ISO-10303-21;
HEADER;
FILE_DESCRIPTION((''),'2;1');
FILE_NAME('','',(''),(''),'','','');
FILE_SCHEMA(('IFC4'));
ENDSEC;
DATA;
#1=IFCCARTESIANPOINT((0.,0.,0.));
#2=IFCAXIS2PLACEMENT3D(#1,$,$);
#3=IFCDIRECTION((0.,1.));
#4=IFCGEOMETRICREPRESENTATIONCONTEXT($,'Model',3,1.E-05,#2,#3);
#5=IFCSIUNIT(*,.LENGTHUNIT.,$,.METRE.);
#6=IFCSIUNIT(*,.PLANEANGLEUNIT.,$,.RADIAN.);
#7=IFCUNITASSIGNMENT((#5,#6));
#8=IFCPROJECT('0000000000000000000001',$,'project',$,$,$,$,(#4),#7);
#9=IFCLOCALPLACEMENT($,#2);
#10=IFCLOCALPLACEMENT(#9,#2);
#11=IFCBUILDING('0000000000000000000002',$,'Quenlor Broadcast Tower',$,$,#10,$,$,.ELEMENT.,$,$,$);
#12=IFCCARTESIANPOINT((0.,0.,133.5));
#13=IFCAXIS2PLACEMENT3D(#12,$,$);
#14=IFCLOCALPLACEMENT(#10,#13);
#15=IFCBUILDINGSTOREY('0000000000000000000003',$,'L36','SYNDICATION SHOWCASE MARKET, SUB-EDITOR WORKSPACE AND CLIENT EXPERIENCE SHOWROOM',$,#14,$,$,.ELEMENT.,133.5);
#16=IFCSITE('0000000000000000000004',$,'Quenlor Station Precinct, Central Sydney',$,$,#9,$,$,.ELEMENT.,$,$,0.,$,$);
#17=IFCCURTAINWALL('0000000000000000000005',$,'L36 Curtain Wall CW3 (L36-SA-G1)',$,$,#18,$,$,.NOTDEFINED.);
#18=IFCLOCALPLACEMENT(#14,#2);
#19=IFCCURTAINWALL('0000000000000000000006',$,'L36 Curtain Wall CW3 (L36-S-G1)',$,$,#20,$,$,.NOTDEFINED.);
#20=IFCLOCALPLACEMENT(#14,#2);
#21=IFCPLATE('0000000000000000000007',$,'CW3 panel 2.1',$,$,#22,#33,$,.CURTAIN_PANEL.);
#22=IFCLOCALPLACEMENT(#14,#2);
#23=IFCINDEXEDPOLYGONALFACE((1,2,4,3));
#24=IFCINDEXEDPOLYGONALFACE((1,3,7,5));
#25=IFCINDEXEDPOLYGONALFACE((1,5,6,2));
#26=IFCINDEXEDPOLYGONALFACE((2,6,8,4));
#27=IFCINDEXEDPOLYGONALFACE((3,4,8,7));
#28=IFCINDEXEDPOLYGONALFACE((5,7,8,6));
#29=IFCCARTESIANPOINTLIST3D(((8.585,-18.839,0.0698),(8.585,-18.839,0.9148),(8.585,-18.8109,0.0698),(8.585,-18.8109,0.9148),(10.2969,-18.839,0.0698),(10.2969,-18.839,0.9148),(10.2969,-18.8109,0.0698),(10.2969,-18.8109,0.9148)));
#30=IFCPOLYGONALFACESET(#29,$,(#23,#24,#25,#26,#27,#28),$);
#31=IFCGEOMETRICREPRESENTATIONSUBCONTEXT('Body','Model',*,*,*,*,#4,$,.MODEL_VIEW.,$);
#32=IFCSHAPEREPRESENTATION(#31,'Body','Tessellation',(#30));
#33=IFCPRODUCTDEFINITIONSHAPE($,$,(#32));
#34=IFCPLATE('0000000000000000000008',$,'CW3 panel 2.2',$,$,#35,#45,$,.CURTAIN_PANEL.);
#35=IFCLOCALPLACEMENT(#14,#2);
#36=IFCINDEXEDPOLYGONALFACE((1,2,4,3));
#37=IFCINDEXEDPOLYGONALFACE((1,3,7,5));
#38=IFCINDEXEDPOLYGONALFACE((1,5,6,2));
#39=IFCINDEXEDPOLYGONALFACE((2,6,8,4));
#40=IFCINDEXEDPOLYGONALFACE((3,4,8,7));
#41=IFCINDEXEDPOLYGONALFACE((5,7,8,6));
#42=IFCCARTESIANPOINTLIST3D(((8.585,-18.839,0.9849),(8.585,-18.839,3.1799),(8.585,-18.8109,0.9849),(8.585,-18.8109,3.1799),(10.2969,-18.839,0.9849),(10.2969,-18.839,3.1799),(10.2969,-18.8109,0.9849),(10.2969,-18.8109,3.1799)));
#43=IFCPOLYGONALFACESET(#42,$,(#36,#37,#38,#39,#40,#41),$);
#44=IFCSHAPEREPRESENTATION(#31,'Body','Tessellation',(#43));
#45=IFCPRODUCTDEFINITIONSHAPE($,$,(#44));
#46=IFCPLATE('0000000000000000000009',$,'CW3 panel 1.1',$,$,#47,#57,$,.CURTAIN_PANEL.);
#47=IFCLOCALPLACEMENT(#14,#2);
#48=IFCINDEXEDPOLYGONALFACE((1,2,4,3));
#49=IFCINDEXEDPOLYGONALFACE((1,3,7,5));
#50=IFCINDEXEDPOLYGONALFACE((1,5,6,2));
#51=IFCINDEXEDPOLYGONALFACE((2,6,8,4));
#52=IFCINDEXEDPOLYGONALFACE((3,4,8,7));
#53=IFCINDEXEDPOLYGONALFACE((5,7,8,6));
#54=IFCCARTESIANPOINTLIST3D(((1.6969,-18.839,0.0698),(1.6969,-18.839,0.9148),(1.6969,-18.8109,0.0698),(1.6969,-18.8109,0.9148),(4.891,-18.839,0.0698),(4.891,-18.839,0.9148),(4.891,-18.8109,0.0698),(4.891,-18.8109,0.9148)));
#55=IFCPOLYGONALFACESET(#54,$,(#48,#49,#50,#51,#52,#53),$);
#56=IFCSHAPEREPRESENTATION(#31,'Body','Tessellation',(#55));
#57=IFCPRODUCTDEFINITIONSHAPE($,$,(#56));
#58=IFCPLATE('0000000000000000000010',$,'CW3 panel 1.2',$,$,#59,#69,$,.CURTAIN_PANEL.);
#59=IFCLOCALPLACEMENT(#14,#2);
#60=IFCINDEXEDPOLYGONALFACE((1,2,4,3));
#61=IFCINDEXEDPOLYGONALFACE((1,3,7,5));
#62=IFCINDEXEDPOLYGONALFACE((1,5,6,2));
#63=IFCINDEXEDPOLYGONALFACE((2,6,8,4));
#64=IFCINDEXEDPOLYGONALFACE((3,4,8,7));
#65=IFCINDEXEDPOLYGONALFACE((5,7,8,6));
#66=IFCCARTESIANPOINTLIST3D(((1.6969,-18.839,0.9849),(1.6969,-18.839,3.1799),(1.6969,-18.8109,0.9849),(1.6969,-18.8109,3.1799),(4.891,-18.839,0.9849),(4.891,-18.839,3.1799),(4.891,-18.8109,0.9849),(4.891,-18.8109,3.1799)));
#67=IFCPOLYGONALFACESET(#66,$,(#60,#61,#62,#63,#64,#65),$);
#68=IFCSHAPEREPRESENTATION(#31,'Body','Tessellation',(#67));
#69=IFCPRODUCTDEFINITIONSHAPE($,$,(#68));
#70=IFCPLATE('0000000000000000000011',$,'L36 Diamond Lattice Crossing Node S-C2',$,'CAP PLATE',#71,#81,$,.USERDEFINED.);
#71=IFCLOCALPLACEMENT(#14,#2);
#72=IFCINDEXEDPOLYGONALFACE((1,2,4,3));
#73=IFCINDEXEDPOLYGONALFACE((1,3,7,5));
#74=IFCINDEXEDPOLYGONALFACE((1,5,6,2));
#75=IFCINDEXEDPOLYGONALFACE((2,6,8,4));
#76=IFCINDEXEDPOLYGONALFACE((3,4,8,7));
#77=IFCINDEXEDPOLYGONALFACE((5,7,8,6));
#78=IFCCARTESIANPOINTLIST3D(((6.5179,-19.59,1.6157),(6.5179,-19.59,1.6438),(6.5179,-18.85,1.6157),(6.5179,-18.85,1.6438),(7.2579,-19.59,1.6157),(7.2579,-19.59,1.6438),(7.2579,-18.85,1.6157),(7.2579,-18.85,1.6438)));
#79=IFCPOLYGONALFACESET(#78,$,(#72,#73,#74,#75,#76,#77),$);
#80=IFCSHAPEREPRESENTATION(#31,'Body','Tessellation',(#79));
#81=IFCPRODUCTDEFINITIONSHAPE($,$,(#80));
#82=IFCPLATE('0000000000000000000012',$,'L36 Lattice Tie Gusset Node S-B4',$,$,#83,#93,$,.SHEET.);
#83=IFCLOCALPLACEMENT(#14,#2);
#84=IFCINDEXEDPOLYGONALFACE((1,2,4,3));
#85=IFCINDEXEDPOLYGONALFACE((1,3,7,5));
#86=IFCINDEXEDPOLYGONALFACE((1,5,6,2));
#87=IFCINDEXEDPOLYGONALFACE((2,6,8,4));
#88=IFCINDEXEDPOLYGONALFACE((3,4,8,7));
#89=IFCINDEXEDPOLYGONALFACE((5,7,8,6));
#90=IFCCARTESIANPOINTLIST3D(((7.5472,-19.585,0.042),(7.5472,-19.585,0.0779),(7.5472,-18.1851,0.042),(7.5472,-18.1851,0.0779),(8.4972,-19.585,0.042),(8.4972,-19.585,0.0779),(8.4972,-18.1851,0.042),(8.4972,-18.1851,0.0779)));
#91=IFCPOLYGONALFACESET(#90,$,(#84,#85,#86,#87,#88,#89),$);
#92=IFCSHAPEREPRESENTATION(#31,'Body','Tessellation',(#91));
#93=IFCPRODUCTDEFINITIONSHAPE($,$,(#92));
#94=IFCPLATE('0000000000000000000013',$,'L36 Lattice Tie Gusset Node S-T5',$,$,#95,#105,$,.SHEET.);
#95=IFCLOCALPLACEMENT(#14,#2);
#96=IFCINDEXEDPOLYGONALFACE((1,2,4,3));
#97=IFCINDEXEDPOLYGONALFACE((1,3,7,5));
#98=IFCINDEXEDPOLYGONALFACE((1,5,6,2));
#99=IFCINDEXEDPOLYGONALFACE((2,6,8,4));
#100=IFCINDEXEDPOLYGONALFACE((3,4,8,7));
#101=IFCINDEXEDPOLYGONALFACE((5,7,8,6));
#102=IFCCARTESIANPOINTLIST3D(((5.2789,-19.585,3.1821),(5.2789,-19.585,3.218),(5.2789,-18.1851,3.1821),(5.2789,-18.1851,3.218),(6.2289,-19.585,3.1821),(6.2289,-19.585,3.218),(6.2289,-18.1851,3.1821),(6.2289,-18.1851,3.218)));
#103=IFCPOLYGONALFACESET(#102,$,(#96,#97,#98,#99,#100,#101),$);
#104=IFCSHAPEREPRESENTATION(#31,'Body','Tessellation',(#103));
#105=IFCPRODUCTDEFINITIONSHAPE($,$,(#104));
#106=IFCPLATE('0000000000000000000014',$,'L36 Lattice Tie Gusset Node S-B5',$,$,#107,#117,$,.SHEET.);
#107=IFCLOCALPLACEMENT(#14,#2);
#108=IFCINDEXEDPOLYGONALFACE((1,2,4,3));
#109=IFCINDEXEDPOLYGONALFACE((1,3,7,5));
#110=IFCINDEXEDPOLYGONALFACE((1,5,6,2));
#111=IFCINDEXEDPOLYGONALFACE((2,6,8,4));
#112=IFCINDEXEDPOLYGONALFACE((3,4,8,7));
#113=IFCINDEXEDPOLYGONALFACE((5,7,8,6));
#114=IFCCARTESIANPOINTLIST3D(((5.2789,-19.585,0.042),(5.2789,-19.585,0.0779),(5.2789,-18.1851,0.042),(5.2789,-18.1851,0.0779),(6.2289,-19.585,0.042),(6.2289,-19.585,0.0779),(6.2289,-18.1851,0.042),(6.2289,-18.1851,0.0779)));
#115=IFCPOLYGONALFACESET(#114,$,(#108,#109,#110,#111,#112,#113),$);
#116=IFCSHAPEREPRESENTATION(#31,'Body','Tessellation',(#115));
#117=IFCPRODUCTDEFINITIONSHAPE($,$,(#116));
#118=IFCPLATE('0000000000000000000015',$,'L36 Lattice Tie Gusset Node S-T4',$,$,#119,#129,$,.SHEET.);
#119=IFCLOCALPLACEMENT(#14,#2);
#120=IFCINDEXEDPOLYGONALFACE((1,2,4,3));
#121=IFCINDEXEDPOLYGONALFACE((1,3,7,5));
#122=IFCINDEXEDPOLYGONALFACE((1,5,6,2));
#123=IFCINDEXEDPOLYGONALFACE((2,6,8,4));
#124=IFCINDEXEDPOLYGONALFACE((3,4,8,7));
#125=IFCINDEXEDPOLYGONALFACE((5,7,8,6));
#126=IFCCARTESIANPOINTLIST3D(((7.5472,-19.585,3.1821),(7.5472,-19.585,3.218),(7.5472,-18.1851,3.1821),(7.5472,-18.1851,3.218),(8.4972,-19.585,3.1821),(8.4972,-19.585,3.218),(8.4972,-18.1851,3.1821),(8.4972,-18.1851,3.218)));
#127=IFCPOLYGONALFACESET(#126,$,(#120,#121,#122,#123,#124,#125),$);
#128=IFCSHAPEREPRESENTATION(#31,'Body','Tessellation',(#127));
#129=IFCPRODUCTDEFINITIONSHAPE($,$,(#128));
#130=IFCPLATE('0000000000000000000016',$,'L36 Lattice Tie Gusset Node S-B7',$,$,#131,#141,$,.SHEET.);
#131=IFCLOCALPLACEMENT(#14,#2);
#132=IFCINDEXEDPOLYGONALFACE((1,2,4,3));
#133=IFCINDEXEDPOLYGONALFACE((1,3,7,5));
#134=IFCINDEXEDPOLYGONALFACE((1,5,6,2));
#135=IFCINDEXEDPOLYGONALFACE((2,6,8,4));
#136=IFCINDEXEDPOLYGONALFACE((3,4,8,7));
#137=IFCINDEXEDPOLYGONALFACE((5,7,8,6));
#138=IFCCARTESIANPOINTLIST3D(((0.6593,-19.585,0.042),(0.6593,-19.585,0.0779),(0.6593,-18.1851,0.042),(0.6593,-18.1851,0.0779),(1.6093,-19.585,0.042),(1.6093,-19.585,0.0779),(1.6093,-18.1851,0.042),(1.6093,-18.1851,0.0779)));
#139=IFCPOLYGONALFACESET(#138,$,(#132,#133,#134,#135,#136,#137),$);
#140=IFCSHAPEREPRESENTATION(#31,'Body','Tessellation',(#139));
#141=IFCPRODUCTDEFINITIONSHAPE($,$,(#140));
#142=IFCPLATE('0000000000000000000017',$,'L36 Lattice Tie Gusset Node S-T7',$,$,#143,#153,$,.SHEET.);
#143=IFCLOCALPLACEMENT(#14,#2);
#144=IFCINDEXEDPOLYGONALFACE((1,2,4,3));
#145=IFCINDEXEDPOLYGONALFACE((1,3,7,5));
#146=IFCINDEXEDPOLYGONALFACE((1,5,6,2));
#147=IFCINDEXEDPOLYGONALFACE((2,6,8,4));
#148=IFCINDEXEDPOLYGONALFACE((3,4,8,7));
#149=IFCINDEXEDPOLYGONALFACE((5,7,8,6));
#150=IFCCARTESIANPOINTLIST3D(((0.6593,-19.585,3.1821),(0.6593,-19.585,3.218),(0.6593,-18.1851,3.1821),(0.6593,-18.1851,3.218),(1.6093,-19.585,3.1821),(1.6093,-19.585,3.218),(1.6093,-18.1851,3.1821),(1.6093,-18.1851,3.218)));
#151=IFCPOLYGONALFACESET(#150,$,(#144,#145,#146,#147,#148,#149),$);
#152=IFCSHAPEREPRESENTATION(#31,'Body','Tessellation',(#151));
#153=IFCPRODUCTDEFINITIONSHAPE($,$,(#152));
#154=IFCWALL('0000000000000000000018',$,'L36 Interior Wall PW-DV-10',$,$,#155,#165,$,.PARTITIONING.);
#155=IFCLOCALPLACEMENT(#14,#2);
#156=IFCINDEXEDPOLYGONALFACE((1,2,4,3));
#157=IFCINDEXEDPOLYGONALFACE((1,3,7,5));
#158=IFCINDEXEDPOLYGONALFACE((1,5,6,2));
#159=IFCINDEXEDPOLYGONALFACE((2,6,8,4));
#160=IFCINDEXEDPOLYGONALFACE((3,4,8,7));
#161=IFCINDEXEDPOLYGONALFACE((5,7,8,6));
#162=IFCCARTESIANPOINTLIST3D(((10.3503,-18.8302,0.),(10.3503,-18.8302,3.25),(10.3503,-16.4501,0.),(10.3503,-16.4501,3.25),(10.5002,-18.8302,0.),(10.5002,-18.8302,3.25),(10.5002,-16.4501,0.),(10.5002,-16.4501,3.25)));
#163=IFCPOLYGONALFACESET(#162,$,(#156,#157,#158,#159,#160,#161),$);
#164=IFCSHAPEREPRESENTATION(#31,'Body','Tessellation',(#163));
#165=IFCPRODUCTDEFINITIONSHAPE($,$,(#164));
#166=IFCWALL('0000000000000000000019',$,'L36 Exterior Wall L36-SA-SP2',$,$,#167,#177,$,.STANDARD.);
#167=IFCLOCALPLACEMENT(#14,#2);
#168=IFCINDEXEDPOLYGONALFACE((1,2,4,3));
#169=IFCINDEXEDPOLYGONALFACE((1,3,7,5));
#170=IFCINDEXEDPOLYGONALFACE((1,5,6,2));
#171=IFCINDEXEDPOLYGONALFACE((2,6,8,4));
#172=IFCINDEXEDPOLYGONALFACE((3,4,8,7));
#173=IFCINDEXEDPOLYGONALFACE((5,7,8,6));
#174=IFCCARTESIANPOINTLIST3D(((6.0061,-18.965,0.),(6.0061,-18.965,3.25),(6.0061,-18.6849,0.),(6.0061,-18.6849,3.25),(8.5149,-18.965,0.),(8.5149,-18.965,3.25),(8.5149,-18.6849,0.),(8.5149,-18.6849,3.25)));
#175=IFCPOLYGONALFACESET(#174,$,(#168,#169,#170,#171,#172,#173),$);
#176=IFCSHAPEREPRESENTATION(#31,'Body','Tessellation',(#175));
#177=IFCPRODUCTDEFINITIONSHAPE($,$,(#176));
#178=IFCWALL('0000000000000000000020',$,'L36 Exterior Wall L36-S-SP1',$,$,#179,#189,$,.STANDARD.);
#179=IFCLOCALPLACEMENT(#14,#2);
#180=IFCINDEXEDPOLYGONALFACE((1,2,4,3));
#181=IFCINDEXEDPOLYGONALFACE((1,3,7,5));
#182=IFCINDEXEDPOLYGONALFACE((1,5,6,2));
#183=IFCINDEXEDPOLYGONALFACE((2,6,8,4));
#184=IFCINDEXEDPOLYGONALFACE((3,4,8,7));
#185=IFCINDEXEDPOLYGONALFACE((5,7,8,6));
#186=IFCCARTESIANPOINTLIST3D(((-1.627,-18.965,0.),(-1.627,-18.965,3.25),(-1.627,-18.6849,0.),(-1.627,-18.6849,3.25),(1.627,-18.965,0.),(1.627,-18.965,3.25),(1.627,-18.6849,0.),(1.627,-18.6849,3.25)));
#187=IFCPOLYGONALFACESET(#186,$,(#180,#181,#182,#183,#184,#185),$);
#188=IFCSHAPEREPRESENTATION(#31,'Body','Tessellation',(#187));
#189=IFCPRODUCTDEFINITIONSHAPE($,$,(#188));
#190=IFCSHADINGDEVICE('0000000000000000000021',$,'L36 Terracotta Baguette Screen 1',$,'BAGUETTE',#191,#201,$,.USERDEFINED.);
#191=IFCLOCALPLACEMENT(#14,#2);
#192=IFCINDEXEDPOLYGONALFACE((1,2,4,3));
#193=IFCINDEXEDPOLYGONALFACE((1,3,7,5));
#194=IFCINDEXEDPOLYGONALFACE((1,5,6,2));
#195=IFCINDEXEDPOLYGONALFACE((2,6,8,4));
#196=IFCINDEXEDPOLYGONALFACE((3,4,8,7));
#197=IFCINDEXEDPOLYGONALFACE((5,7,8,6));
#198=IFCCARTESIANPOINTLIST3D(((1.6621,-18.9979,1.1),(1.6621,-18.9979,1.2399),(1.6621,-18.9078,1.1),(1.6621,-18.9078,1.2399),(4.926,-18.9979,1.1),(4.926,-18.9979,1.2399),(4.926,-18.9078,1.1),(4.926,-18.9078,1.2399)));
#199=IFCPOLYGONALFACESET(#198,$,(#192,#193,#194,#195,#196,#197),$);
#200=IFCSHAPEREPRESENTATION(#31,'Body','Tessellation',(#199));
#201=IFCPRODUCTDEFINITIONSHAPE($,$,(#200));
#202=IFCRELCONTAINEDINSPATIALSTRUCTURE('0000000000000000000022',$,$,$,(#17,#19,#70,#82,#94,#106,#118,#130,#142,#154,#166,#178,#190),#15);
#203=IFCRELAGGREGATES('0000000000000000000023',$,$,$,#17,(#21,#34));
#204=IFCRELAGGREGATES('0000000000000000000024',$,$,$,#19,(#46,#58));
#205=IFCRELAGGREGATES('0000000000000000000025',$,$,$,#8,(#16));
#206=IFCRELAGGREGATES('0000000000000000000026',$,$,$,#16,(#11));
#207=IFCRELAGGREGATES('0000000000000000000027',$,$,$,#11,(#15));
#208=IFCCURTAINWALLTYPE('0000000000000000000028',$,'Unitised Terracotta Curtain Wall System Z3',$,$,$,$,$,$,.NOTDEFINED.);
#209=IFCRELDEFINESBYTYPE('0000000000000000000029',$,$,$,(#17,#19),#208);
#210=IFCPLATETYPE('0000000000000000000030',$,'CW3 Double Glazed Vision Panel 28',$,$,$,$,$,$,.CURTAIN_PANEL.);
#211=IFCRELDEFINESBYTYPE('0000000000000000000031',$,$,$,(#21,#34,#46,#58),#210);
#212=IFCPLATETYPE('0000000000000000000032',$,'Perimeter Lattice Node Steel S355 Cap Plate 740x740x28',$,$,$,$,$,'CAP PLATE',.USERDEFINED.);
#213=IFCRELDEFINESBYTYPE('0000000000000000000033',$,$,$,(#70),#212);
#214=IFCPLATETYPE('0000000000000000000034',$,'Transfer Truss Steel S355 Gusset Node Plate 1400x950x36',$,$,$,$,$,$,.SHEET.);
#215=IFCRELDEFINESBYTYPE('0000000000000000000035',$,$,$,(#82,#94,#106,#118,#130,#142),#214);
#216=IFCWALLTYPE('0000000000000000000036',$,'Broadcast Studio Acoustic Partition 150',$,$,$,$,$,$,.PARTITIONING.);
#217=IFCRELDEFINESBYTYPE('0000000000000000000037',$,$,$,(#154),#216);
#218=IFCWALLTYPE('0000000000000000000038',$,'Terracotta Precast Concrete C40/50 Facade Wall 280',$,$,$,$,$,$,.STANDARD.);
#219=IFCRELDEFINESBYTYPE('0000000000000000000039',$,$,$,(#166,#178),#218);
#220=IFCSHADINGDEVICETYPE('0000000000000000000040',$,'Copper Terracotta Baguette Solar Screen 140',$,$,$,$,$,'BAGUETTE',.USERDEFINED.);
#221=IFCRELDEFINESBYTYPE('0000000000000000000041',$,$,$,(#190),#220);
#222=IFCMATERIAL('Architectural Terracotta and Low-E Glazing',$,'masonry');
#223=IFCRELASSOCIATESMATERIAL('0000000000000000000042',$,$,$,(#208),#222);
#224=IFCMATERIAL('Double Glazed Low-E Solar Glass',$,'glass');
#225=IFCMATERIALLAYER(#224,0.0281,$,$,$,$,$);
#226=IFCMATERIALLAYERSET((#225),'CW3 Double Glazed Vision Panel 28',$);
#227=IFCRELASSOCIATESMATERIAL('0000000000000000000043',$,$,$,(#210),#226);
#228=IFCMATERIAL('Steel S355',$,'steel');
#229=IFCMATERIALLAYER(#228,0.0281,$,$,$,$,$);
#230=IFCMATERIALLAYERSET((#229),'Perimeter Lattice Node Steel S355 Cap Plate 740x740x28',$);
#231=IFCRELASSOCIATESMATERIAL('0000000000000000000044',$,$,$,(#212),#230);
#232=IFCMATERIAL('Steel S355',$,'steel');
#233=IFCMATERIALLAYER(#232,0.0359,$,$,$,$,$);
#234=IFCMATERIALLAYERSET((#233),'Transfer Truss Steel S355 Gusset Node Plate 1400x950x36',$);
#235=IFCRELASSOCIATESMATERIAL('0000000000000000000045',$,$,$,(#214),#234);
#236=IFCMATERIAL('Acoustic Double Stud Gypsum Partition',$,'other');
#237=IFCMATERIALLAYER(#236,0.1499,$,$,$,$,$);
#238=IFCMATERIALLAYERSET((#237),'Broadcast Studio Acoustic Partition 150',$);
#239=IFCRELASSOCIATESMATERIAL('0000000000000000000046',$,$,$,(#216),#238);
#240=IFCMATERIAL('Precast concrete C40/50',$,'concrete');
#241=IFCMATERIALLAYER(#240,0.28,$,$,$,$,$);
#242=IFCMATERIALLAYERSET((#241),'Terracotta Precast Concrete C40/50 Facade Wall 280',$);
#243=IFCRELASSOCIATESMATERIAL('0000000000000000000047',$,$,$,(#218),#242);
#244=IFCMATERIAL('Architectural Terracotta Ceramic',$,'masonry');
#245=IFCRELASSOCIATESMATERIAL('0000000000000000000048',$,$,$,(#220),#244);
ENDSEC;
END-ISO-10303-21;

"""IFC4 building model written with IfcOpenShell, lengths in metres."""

from ifc_helpers import new_model, si_unit, direction, frame, frame_2d, origin, origin_2d, place, context, subcontext, project, spatial, rectangle, extrude, material, layer, layer_set, material_profile, profile_set, type_object, element, aggregate, save


model = new_model("IFC4")

# Units and contexts
model_context = context("Model", 3, precision=1e-05, world=origin(), true_north=direction((0.0, 1.0)))
body_context = subcontext(model_context, "Body", "Model", "MODEL_VIEW")
ifc_project = project(units=[si_unit("LENGTHUNIT", "METRE"), si_unit("PLANEANGLEUNIT", "RADIAN")], contexts=[model_context])

# Site, building, storey
site_placement = place(None, origin())
site = spatial("IfcSite", under=ifc_project, at=site_placement, Name="Quenlor Station Precinct, Central Sydney", CompositionType="ELEMENT", RefElevation=0.0)
building_placement = place(site_placement, origin())
building = spatial("IfcBuilding", under=site, at=building_placement, Name="Quenlor Broadcast Tower", CompositionType="ELEMENT")
storey_placement = place(building_placement, frame((0.0, 0.0, 133.5)))
storey = spatial("IfcBuildingStorey", under=building, at=storey_placement, Name="L36", Description="SYNDICATION SHOWCASE MARKET, SUB-EDITOR WORKSPACE AND CLIENT EXPERIENCE SHOWROOM", CompositionType="ELEMENT", Elevation=133.5)

# Curtain wall
ifc_material_1 = material(Name="Architectural Terracotta and Low-E Glazing", Category="masonry")
curtain_wall_type = type_object("IfcCurtainWallType", Name="Unitised Terracotta Curtain Wall System Z3", PredefinedType="NOTDEFINED", material=ifc_material_1)
curtain_wall_1_placement = place(storey_placement, origin())
curtain_wall_1 = element("IfcCurtainWall", 1, at=curtain_wall_1_placement, inside=storey, type_object=curtain_wall_type, Name="L36 Curtain Wall CW3 (L36-SA-G1)", PredefinedType="NOTDEFINED")

# Curtain wall
curtain_wall_2_placement = place(storey_placement, origin())
curtain_wall_2 = element("IfcCurtainWall", 2, at=curtain_wall_2_placement, inside=storey, type_object=curtain_wall_type, Name="L36 Curtain Wall CW3 (L36-S-G1)", PredefinedType="NOTDEFINED")

# Plates
ifc_material_2 = material(Name="Double Glazed Low-E Solar Glass", Category="glass")
ifc_layer_1 = layer(ifc_material_2, 0.0281)
ifc_layer_set_1 = layer_set([ifc_layer_1], Name="CW3 Double Glazed Vision Panel 28")
plate_type_1 = type_object("IfcPlateType", Name="CW3 Double Glazed Vision Panel 28", PredefinedType="CURTAIN_PANEL", material=ifc_layer_set_1)
plate_1_placement = place(storey_placement, frame((9.4409, -18.825, 0.0698), z_axis=(0.0, 0.0, 1.0), x_axis=(-1.0, 0.0, 0.0)))
plate_1 = element("IfcPlate", 3, at=plate_1_placement, type_object=plate_type_1, Name="CW3 panel 2.1", PredefinedType="CURTAIN_PANEL", context=body_context, shape_type="SweptSolid", body=[
    extrude(rectangle(XDim=1.7119, YDim=0.0281, at=origin_2d()), origin(), (0.0, 0.0, 1.0), 0.845),
])
plate_2_placement = place(storey_placement, frame((9.4409, -18.825, 0.9849), z_axis=(0.0, 0.0, 1.0), x_axis=(-1.0, 0.0, 0.0)))
plate_2 = element("IfcPlate", 4, at=plate_2_placement, type_object=plate_type_1, Name="CW3 panel 2.2", PredefinedType="CURTAIN_PANEL", context=body_context, shape_type="SweptSolid", body=[
    extrude(rectangle(XDim=1.7119, YDim=0.0281, at=origin_2d()), origin(), (0.0, 0.0, 1.0), 2.1951),
])
aggregate(curtain_wall_1, [plate_1, plate_2])
plate_3_placement = place(storey_placement, frame((3.2939, -18.825, 0.0698), z_axis=(0.0, 0.0, 1.0), x_axis=(-1.0, 0.0, 0.0)))
plate_3 = element("IfcPlate", 5, at=plate_3_placement, type_object=plate_type_1, Name="CW3 panel 1.1", PredefinedType="CURTAIN_PANEL", context=body_context, shape_type="SweptSolid", body=[
    extrude(rectangle(XDim=3.1941, YDim=0.0281, at=origin_2d()), origin(), (0.0, 0.0, 1.0), 0.845),
])
plate_4_placement = place(storey_placement, frame((3.2939, -18.825, 0.9849), z_axis=(0.0, 0.0, 1.0), x_axis=(-1.0, 0.0, 0.0)))
plate_4 = element("IfcPlate", 6, at=plate_4_placement, type_object=plate_type_1, Name="CW3 panel 1.2", PredefinedType="CURTAIN_PANEL", context=body_context, shape_type="SweptSolid", body=[
    extrude(rectangle(XDim=3.1941, YDim=0.0281, at=origin_2d()), origin(), (0.0, 0.0, 1.0), 2.1951),
])
aggregate(curtain_wall_2, [plate_3, plate_4])

# Plates
ifc_material_3 = material(Name="Steel S355", Category="steel")
ifc_layer_2 = layer(ifc_material_3, 0.0281)
ifc_layer_set_2 = layer_set([ifc_layer_2], Name="Perimeter Lattice Node Steel S355 Cap Plate 740x740x28")
plate_type_2 = type_object("IfcPlateType", Name="Perimeter Lattice Node Steel S355 Cap Plate 740x740x28", ElementType="CAP PLATE", PredefinedType="USERDEFINED", material=ifc_layer_set_2)
plate_5_placement = place(storey_placement, frame((6.8879, -19.22, 1.6157), z_axis=(0.0, 0.0, 1.0), x_axis=(-1.0, 0.0, 0.0)))
element("IfcPlate", 7, at=plate_5_placement, inside=storey, type_object=plate_type_2, Name="L36 Diamond Lattice Crossing Node S-C2", ObjectType="CAP PLATE", PredefinedType="USERDEFINED", context=body_context, shape_type="SweptSolid", body=[
    extrude(rectangle(XDim=0.74, YDim=0.74, at=origin_2d()), origin(), (0.0, 0.0, 1.0), 0.0281),
])
ifc_material_4 = material(Name="Steel S355", Category="steel")
ifc_layer_3 = layer(ifc_material_4, 0.0359)
ifc_layer_set_3 = layer_set([ifc_layer_3], Name="Transfer Truss Steel S355 Gusset Node Plate 1400x950x36")
plate_type_3 = type_object("IfcPlateType", Name="Transfer Truss Steel S355 Gusset Node Plate 1400x950x36", PredefinedType="SHEET", material=ifc_layer_set_3)
for number, where, z_axis, x_axis, name in (
    (8, (8.0222, -18.885, 0.042), (0.0, 0.0, 1.0), (0.0, -1.0, 0.0), "L36 Lattice Tie Gusset Node S-B4"),
    (9, (5.7539, -18.885, 3.1821), (0.0, 0.0, 1.0), (0.0, -1.0, 0.0), "L36 Lattice Tie Gusset Node S-T5"),
    (10, (5.7539, -18.885, 0.042), (0.0, 0.0, 1.0), (0.0, -1.0, 0.0), "L36 Lattice Tie Gusset Node S-B5"),
    (11, (8.0222, -18.885, 3.1821), (0.0, 0.0, 1.0), (0.0, -1.0, 0.0), "L36 Lattice Tie Gusset Node S-T4"),
    (12, (1.1343, -18.885, 0.042), (0.0, 0.0, 1.0), (0.0, -1.0, 0.0), "L36 Lattice Tie Gusset Node S-B7"),
    (13, (1.1343, -18.885, 3.1821), (0.0, 0.0, 1.0), (0.0, -1.0, 0.0), "L36 Lattice Tie Gusset Node S-T7"),
):
    element("IfcPlate", number, at=place(storey_placement, frame(where, z_axis=z_axis, x_axis=x_axis)), inside=storey, type_object=plate_type_3, Name=name, PredefinedType="SHEET", context=body_context, shape_type="SweptSolid", body=[
        extrude(rectangle(XDim=1.3999, YDim=0.95, at=origin_2d()), origin(), (0.0, 0.0, 1.0), 0.0359),
    ])

# Walls
ifc_material_5 = material(Name="Acoustic Double Stud Gypsum Partition", Category="other")
ifc_layer_4 = layer(ifc_material_5, 0.1499)
ifc_layer_set_4 = layer_set([ifc_layer_4], Name="Broadcast Studio Acoustic Partition 150")
wall_type_1 = type_object("IfcWallType", Name="Broadcast Studio Acoustic Partition 150", PredefinedType="PARTITIONING", material=ifc_layer_set_4)
wall_1_placement = place(storey_placement, frame((10.4253, -18.8301, 0.0), z_axis=(0.0, 0.0, 1.0), x_axis=(0.0, 1.0, 0.0)))
element("IfcWall", 14, at=wall_1_placement, inside=storey, type_object=wall_type_1, Name="L36 Interior Wall PW-DV-10", PredefinedType="PARTITIONING", context=body_context, shape_type="SweptSolid", body=[
    extrude(rectangle(XDim=2.3801, YDim=0.1499, at=frame_2d((1.1899, 0.0))), origin(), (0.0, 0.0, 1.0), 3.25),
])
ifc_material_6 = material(Name="Precast concrete C40/50", Category="concrete")
ifc_layer_5 = layer(ifc_material_6, 0.28)
ifc_layer_set_5 = layer_set([ifc_layer_5], Name="Terracotta Precast Concrete C40/50 Facade Wall 280")
wall_type_2 = type_object("IfcWallType", Name="Terracotta Precast Concrete C40/50 Facade Wall 280", PredefinedType="STANDARD", material=ifc_layer_set_5)
wall_2_placement = place(storey_placement, frame((8.5149, -18.825, 0.0), z_axis=(0.0, 0.0, 1.0), x_axis=(-1.0, 0.0, 0.0)))
element("IfcWall", 15, at=wall_2_placement, inside=storey, type_object=wall_type_2, Name="L36 Exterior Wall L36-SA-SP2", PredefinedType="STANDARD", context=body_context, shape_type="SweptSolid", body=[
    extrude(rectangle(XDim=2.5088, YDim=0.28, at=frame_2d((1.2544, 0.0))), origin(), (0.0, 0.0, 1.0), 3.25),
])
wall_3_placement = place(storey_placement, frame((1.627, -18.825, 0.0), z_axis=(0.0, 0.0, 1.0), x_axis=(-1.0, 0.0, 0.0)))
element("IfcWall", 16, at=wall_3_placement, inside=storey, type_object=wall_type_2, Name="L36 Exterior Wall L36-S-SP1", PredefinedType="STANDARD", context=body_context, shape_type="SweptSolid", body=[
    extrude(rectangle(XDim=3.2539, YDim=0.28, at=frame_2d((1.627, 0.0))), origin(), (0.0, 0.0, 1.0), 3.25),
])

# Shading device
ifc_material_7 = material(Name="Architectural Terracotta Ceramic", Category="masonry")
ifc_material_profile_1 = material_profile(ifc_material_7, rectangle(XDim=0.0901, YDim=0.1399, at=origin_2d()))
ifc_profile_set_1 = profile_set([ifc_material_profile_1], Name="Architectural Terracotta Ceramic BAG90x140")
shading_device_type = type_object("IfcShadingDeviceType", Name="Copper Terracotta Baguette Solar Screen 140", ElementType="BAGUETTE", PredefinedType="USERDEFINED", material=ifc_profile_set_1)
for number, where, z_axis, x_axis, name in (
    (17, (4.926, -18.9529, 1.1699), (-1.0, 0.0, 0.0), (0.0, -1.0, 0.0), "L36 Terracotta Baguette Screen 1"),
):
    element("IfcShadingDevice", number, at=place(storey_placement, frame(where, z_axis=z_axis, x_axis=x_axis)), inside=storey, type_object=shading_device_type, Name=name, ObjectType="BAGUETTE", PredefinedType="USERDEFINED", context=body_context, shape_type="SweptSolid", body=[
        extrude(rectangle(XDim=0.0901, YDim=0.1399, at=origin_2d()), origin(), (0.0, 0.0, 1.0), 3.2639),
    ])

save(model, "model.ifc")
